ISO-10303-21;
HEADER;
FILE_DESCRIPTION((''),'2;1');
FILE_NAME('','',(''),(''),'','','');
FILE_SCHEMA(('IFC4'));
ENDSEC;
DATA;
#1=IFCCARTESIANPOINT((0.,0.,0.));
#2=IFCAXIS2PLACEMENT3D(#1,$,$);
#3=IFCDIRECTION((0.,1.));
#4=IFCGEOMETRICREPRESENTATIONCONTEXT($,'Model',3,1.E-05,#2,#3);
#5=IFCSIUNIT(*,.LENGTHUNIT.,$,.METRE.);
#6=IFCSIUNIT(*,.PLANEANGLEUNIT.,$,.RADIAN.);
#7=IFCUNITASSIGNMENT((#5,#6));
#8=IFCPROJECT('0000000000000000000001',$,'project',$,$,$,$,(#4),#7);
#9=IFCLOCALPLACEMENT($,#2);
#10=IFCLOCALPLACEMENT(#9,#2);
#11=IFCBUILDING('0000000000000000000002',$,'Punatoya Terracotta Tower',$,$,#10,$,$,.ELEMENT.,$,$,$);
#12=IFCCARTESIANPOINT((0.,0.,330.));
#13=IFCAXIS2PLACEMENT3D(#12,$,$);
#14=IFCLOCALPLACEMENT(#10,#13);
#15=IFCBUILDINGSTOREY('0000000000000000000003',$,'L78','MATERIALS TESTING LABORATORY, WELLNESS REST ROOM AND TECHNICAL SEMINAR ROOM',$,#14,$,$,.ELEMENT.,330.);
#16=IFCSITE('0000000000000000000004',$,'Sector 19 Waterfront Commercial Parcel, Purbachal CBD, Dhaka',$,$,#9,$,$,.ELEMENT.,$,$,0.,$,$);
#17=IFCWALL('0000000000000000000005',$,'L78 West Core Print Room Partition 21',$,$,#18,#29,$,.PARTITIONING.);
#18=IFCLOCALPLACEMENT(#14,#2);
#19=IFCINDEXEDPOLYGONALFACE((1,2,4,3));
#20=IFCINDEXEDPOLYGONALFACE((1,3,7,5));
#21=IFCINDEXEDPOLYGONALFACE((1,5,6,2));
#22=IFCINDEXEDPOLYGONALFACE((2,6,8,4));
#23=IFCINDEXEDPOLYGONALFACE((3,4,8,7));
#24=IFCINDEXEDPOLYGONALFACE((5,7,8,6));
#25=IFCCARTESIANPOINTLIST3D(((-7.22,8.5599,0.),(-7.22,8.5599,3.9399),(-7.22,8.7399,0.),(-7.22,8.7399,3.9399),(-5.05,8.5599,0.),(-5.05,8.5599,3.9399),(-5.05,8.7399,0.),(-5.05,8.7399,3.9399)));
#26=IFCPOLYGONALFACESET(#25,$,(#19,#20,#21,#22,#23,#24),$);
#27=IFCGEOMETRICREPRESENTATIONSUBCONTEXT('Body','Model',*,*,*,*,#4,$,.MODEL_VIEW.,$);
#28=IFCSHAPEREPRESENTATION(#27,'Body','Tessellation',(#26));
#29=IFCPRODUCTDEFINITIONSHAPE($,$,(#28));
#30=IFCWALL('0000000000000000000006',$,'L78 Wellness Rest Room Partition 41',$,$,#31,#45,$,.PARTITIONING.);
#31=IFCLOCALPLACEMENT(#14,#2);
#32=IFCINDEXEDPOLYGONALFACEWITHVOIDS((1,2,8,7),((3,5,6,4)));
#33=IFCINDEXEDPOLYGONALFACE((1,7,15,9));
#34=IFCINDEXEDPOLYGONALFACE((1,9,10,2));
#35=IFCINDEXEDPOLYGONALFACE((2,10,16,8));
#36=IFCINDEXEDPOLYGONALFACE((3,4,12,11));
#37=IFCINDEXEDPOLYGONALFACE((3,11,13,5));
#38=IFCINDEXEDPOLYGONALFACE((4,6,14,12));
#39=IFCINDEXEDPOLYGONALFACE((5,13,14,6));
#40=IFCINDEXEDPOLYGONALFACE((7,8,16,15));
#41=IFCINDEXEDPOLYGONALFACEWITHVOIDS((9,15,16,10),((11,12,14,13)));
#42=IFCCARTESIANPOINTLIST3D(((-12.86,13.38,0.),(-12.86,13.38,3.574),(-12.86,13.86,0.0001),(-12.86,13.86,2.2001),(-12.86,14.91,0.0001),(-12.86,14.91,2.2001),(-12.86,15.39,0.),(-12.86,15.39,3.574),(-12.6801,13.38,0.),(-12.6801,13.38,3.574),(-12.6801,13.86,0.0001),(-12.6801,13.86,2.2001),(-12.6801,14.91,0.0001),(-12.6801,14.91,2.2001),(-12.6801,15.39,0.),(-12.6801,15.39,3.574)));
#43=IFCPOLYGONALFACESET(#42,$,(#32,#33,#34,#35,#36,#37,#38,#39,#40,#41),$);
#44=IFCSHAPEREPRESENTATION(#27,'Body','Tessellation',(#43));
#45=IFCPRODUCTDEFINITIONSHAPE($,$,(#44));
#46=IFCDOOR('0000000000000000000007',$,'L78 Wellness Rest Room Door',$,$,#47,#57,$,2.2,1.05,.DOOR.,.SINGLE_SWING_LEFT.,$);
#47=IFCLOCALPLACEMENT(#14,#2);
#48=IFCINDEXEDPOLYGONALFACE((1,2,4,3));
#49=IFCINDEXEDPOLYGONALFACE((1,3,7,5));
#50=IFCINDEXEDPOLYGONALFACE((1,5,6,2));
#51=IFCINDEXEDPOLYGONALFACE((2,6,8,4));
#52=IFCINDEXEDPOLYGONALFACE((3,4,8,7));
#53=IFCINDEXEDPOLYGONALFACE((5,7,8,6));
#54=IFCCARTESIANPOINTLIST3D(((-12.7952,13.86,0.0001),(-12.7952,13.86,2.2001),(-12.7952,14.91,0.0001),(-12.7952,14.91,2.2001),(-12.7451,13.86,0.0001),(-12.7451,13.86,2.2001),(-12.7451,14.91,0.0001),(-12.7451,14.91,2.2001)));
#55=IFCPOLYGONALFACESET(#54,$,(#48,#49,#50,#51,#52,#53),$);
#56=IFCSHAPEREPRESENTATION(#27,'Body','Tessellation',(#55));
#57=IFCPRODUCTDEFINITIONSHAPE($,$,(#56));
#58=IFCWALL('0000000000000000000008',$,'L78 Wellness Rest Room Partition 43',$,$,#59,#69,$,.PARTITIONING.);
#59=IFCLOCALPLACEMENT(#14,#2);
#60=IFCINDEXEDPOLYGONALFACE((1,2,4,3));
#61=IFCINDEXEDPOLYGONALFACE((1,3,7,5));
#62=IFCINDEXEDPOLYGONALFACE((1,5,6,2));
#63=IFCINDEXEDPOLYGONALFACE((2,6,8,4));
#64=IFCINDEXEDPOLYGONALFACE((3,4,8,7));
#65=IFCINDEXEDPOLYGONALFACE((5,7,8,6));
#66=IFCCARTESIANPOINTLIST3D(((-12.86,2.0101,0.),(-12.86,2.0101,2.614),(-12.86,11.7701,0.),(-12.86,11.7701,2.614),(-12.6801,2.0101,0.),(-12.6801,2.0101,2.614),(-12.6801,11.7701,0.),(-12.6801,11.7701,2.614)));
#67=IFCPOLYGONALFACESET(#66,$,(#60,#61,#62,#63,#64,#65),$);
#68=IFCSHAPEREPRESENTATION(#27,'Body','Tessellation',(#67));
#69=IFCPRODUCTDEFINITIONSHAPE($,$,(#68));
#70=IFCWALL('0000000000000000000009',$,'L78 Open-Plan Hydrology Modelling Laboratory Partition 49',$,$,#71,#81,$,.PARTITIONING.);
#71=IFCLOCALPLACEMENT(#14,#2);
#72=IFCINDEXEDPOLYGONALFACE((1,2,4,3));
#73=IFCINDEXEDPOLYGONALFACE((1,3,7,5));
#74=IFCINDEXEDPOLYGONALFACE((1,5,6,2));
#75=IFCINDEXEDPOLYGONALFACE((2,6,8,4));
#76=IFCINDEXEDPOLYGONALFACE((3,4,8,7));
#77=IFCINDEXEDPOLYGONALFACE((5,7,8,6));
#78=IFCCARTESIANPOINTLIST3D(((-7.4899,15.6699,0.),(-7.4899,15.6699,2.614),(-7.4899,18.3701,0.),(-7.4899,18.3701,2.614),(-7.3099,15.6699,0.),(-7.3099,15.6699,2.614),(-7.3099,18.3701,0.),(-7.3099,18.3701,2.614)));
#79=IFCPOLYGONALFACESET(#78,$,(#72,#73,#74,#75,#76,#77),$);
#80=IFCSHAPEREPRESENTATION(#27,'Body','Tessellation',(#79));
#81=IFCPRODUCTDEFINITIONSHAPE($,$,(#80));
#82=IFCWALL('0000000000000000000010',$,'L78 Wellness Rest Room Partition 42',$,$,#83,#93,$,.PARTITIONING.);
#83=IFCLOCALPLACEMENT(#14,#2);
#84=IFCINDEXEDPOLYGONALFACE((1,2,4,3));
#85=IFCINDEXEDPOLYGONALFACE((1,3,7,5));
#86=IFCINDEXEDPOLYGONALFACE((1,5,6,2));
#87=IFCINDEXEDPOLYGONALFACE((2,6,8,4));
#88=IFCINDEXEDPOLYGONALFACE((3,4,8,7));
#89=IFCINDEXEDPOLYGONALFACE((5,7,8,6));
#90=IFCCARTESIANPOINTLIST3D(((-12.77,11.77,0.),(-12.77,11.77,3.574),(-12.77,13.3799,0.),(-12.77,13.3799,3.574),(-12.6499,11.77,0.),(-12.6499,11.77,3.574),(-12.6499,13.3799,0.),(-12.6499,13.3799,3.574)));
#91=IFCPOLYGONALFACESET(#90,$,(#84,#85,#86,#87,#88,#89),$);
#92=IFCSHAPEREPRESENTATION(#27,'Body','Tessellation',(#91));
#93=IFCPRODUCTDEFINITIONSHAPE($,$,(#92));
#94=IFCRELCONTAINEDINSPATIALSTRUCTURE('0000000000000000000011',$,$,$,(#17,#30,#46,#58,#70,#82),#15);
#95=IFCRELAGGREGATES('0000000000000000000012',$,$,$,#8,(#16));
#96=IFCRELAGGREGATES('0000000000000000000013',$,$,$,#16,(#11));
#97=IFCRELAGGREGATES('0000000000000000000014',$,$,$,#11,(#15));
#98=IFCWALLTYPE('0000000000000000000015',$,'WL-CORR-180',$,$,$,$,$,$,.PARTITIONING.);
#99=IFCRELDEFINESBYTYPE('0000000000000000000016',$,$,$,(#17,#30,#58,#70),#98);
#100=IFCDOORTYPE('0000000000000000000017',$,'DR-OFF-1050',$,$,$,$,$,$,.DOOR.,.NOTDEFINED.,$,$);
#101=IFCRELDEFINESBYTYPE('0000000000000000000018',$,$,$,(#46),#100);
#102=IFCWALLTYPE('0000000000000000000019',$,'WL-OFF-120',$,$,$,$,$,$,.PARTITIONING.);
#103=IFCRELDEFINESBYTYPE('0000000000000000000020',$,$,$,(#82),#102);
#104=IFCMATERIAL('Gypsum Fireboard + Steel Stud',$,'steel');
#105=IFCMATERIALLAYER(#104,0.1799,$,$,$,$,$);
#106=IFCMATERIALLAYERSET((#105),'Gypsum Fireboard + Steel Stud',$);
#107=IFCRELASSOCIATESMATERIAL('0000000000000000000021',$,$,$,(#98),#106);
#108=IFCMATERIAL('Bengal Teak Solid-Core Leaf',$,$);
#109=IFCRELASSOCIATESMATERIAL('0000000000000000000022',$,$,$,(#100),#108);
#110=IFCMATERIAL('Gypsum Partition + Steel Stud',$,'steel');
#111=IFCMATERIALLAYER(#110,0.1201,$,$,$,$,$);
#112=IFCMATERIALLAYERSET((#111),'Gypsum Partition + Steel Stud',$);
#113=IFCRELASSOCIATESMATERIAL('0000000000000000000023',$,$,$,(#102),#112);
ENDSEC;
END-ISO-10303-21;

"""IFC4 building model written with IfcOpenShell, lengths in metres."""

from ifc_helpers import new_model, si_unit, direction, frame, frame_2d, origin, place, context, subcontext, project, spatial, rectangle, extrude, material, layer, layer_set, type_object, element, fill, save


model = new_model("IFC4")

# Units and contexts
model_context = context("Model", 3, precision=1e-05, world=origin(), true_north=direction((0.0, 1.0)))
body_context = subcontext(model_context, "Body", "Model", "MODEL_VIEW")
ifc_project = project(units=[si_unit("LENGTHUNIT", "METRE"), si_unit("PLANEANGLEUNIT", "RADIAN")], contexts=[model_context])

# Site, building, storey
site_placement = place(None, origin())
site = spatial("IfcSite", under=ifc_project, at=site_placement, Name="Sector 19 Waterfront Commercial Parcel, Purbachal CBD, Dhaka", CompositionType="ELEMENT", RefElevation=0.0)
building_placement = place(site_placement, origin())
building = spatial("IfcBuilding", under=site, at=building_placement, Name="Punatoya Terracotta Tower", CompositionType="ELEMENT")
storey_placement = place(building_placement, frame((0.0, 0.0, 330.0)))
storey = spatial("IfcBuildingStorey", under=building, at=storey_placement, Name="L78", Description="MATERIALS TESTING LABORATORY, WELLNESS REST ROOM AND TECHNICAL SEMINAR ROOM", CompositionType="ELEMENT", Elevation=330.0)

# Wall
ifc_material_1 = material(Name="Gypsum Fireboard + Steel Stud", Category="steel")
ifc_layer_1 = layer(ifc_material_1, 0.1799)
ifc_layer_set_1 = layer_set([ifc_layer_1], Name="Gypsum Fireboard + Steel Stud")
wall_type_1 = type_object("IfcWallType", Name="WL-CORR-180", PredefinedType="PARTITIONING", material=ifc_layer_set_1)
wall_1_placement = place(storey_placement, frame((-5.05, 8.6499, 0.0), z_axis=(0.0, 0.0, 1.0), x_axis=(-1.0, 0.0, 0.0)))
element("IfcWall", 1, at=wall_1_placement, inside=storey, type_object=wall_type_1, Name="L78 West Core Print Room Partition 21", PredefinedType="PARTITIONING", context=body_context, shape_type="SweptSolid", body=[
    extrude(rectangle(XDim=2.1699, YDim=0.1799, at=frame_2d((1.085, 0.0))), origin(), (0.0, 0.0, 1.0), 3.9399),
])

# Wall, opening, door
wall_2_placement = place(storey_placement, frame((-12.77, 15.3899, 0.0), z_axis=(0.0, 0.0, 1.0), x_axis=(0.0, -1.0, 0.0)))
wall_2 = element("IfcWall", 2, at=wall_2_placement, inside=storey, type_object=wall_type_1, Name="L78 Wellness Rest Room Partition 41", PredefinedType="PARTITIONING", context=body_context, shape_type="SweptSolid", body=[
    extrude(rectangle(XDim=2.01, YDim=0.1799, at=frame_2d((1.0049, 0.0))), origin(), (0.0, 0.0, 1.0), 3.574),
])
opening_placement = place(wall_2_placement, frame((0.48, 0.0, 0.0)))
opening = element("IfcOpeningElement", 3, at=opening_placement, cuts=wall_2, PredefinedType="OPENING", context=body_context, shape_type="SweptSolid", body=[
    extrude(rectangle(XDim=1.05, YDim=2.2, at=frame_2d((0.5249, 1.1001))), frame((0.0, 0.0999, 0.0), z_axis=(0.0, -1.0, 0.0), x_axis=(1.0, 0.0, 0.0)), (0.0, 0.0, 1.0), 0.2),
])
ifc_material_2 = material(Name="Bengal Teak Solid-Core Leaf")
door_type = type_object("IfcDoorType", Name="DR-OFF-1050", OperationType="NOTDEFINED", PredefinedType="DOOR", material=ifc_material_2)
door_placement = place(opening_placement, origin())
door = element("IfcDoor", 4, at=door_placement, inside=storey, type_object=door_type, Name="L78 Wellness Rest Room Door", OperationType="SINGLE_SWING_LEFT", OverallHeight=2.2, OverallWidth=1.05, PredefinedType="DOOR", context=body_context, shape_type="SweptSolid", body=[
    extrude(rectangle(XDim=1.05, YDim=2.2, at=frame_2d((0.5249, 1.1001))), frame((0.0, 0.0249, 0.0), z_axis=(0.0, -1.0, 0.0), x_axis=(1.0, 0.0, 0.0)), (0.0, 0.0, 1.0), 0.05),
])
fill(opening, door)

# Walls
wall_3_placement = place(storey_placement, frame((-12.77, 11.77, 0.0), z_axis=(0.0, 0.0, 1.0), x_axis=(0.0, -1.0, 0.0)))
element("IfcWall", 5, at=wall_3_placement, inside=storey, type_object=wall_type_1, Name="L78 Wellness Rest Room Partition 43", PredefinedType="PARTITIONING", context=body_context, shape_type="SweptSolid", body=[
    extrude(rectangle(XDim=9.76, YDim=0.1799, at=frame_2d((4.8799, 0.0))), origin(), (0.0, 0.0, 1.0), 2.614),
])
wall_4_placement = place(storey_placement, frame((-7.3999, 15.6699, 0.0), z_axis=(0.0, 0.0, 1.0), x_axis=(0.0, 1.0, 0.0)))
element("IfcWall", 6, at=wall_4_placement, inside=storey, type_object=wall_type_1, Name="L78 Open-Plan Hydrology Modelling Laboratory Partition 49", PredefinedType="PARTITIONING", context=body_context, shape_type="SweptSolid", body=[
    extrude(rectangle(XDim=2.7002, YDim=0.1799, at=frame_2d((1.3501, 0.0))), origin(), (0.0, 0.0, 1.0), 2.614),
])
ifc_material_3 = material(Name="Gypsum Partition + Steel Stud", Category="steel")
ifc_layer_2 = layer(ifc_material_3, 0.1201)
ifc_layer_set_2 = layer_set([ifc_layer_2], Name="Gypsum Partition + Steel Stud")
wall_type_2 = type_object("IfcWallType", Name="WL-OFF-120", PredefinedType="PARTITIONING", material=ifc_layer_set_2)
wall_5_placement = place(storey_placement, frame((-12.71, 13.3799, 0.0), z_axis=(0.0, 0.0, 1.0), x_axis=(0.0, -1.0, 0.0)))
element("IfcWall", 7, at=wall_5_placement, inside=storey, type_object=wall_type_2, Name="L78 Wellness Rest Room Partition 42", PredefinedType="PARTITIONING", context=body_context, shape_type="SweptSolid", body=[
    extrude(rectangle(XDim=1.6099, YDim=0.1201, at=frame_2d((0.8049, 0.0))), origin(), (0.0, 0.0, 1.0), 3.574),
])

save(model, "model.ifc")
